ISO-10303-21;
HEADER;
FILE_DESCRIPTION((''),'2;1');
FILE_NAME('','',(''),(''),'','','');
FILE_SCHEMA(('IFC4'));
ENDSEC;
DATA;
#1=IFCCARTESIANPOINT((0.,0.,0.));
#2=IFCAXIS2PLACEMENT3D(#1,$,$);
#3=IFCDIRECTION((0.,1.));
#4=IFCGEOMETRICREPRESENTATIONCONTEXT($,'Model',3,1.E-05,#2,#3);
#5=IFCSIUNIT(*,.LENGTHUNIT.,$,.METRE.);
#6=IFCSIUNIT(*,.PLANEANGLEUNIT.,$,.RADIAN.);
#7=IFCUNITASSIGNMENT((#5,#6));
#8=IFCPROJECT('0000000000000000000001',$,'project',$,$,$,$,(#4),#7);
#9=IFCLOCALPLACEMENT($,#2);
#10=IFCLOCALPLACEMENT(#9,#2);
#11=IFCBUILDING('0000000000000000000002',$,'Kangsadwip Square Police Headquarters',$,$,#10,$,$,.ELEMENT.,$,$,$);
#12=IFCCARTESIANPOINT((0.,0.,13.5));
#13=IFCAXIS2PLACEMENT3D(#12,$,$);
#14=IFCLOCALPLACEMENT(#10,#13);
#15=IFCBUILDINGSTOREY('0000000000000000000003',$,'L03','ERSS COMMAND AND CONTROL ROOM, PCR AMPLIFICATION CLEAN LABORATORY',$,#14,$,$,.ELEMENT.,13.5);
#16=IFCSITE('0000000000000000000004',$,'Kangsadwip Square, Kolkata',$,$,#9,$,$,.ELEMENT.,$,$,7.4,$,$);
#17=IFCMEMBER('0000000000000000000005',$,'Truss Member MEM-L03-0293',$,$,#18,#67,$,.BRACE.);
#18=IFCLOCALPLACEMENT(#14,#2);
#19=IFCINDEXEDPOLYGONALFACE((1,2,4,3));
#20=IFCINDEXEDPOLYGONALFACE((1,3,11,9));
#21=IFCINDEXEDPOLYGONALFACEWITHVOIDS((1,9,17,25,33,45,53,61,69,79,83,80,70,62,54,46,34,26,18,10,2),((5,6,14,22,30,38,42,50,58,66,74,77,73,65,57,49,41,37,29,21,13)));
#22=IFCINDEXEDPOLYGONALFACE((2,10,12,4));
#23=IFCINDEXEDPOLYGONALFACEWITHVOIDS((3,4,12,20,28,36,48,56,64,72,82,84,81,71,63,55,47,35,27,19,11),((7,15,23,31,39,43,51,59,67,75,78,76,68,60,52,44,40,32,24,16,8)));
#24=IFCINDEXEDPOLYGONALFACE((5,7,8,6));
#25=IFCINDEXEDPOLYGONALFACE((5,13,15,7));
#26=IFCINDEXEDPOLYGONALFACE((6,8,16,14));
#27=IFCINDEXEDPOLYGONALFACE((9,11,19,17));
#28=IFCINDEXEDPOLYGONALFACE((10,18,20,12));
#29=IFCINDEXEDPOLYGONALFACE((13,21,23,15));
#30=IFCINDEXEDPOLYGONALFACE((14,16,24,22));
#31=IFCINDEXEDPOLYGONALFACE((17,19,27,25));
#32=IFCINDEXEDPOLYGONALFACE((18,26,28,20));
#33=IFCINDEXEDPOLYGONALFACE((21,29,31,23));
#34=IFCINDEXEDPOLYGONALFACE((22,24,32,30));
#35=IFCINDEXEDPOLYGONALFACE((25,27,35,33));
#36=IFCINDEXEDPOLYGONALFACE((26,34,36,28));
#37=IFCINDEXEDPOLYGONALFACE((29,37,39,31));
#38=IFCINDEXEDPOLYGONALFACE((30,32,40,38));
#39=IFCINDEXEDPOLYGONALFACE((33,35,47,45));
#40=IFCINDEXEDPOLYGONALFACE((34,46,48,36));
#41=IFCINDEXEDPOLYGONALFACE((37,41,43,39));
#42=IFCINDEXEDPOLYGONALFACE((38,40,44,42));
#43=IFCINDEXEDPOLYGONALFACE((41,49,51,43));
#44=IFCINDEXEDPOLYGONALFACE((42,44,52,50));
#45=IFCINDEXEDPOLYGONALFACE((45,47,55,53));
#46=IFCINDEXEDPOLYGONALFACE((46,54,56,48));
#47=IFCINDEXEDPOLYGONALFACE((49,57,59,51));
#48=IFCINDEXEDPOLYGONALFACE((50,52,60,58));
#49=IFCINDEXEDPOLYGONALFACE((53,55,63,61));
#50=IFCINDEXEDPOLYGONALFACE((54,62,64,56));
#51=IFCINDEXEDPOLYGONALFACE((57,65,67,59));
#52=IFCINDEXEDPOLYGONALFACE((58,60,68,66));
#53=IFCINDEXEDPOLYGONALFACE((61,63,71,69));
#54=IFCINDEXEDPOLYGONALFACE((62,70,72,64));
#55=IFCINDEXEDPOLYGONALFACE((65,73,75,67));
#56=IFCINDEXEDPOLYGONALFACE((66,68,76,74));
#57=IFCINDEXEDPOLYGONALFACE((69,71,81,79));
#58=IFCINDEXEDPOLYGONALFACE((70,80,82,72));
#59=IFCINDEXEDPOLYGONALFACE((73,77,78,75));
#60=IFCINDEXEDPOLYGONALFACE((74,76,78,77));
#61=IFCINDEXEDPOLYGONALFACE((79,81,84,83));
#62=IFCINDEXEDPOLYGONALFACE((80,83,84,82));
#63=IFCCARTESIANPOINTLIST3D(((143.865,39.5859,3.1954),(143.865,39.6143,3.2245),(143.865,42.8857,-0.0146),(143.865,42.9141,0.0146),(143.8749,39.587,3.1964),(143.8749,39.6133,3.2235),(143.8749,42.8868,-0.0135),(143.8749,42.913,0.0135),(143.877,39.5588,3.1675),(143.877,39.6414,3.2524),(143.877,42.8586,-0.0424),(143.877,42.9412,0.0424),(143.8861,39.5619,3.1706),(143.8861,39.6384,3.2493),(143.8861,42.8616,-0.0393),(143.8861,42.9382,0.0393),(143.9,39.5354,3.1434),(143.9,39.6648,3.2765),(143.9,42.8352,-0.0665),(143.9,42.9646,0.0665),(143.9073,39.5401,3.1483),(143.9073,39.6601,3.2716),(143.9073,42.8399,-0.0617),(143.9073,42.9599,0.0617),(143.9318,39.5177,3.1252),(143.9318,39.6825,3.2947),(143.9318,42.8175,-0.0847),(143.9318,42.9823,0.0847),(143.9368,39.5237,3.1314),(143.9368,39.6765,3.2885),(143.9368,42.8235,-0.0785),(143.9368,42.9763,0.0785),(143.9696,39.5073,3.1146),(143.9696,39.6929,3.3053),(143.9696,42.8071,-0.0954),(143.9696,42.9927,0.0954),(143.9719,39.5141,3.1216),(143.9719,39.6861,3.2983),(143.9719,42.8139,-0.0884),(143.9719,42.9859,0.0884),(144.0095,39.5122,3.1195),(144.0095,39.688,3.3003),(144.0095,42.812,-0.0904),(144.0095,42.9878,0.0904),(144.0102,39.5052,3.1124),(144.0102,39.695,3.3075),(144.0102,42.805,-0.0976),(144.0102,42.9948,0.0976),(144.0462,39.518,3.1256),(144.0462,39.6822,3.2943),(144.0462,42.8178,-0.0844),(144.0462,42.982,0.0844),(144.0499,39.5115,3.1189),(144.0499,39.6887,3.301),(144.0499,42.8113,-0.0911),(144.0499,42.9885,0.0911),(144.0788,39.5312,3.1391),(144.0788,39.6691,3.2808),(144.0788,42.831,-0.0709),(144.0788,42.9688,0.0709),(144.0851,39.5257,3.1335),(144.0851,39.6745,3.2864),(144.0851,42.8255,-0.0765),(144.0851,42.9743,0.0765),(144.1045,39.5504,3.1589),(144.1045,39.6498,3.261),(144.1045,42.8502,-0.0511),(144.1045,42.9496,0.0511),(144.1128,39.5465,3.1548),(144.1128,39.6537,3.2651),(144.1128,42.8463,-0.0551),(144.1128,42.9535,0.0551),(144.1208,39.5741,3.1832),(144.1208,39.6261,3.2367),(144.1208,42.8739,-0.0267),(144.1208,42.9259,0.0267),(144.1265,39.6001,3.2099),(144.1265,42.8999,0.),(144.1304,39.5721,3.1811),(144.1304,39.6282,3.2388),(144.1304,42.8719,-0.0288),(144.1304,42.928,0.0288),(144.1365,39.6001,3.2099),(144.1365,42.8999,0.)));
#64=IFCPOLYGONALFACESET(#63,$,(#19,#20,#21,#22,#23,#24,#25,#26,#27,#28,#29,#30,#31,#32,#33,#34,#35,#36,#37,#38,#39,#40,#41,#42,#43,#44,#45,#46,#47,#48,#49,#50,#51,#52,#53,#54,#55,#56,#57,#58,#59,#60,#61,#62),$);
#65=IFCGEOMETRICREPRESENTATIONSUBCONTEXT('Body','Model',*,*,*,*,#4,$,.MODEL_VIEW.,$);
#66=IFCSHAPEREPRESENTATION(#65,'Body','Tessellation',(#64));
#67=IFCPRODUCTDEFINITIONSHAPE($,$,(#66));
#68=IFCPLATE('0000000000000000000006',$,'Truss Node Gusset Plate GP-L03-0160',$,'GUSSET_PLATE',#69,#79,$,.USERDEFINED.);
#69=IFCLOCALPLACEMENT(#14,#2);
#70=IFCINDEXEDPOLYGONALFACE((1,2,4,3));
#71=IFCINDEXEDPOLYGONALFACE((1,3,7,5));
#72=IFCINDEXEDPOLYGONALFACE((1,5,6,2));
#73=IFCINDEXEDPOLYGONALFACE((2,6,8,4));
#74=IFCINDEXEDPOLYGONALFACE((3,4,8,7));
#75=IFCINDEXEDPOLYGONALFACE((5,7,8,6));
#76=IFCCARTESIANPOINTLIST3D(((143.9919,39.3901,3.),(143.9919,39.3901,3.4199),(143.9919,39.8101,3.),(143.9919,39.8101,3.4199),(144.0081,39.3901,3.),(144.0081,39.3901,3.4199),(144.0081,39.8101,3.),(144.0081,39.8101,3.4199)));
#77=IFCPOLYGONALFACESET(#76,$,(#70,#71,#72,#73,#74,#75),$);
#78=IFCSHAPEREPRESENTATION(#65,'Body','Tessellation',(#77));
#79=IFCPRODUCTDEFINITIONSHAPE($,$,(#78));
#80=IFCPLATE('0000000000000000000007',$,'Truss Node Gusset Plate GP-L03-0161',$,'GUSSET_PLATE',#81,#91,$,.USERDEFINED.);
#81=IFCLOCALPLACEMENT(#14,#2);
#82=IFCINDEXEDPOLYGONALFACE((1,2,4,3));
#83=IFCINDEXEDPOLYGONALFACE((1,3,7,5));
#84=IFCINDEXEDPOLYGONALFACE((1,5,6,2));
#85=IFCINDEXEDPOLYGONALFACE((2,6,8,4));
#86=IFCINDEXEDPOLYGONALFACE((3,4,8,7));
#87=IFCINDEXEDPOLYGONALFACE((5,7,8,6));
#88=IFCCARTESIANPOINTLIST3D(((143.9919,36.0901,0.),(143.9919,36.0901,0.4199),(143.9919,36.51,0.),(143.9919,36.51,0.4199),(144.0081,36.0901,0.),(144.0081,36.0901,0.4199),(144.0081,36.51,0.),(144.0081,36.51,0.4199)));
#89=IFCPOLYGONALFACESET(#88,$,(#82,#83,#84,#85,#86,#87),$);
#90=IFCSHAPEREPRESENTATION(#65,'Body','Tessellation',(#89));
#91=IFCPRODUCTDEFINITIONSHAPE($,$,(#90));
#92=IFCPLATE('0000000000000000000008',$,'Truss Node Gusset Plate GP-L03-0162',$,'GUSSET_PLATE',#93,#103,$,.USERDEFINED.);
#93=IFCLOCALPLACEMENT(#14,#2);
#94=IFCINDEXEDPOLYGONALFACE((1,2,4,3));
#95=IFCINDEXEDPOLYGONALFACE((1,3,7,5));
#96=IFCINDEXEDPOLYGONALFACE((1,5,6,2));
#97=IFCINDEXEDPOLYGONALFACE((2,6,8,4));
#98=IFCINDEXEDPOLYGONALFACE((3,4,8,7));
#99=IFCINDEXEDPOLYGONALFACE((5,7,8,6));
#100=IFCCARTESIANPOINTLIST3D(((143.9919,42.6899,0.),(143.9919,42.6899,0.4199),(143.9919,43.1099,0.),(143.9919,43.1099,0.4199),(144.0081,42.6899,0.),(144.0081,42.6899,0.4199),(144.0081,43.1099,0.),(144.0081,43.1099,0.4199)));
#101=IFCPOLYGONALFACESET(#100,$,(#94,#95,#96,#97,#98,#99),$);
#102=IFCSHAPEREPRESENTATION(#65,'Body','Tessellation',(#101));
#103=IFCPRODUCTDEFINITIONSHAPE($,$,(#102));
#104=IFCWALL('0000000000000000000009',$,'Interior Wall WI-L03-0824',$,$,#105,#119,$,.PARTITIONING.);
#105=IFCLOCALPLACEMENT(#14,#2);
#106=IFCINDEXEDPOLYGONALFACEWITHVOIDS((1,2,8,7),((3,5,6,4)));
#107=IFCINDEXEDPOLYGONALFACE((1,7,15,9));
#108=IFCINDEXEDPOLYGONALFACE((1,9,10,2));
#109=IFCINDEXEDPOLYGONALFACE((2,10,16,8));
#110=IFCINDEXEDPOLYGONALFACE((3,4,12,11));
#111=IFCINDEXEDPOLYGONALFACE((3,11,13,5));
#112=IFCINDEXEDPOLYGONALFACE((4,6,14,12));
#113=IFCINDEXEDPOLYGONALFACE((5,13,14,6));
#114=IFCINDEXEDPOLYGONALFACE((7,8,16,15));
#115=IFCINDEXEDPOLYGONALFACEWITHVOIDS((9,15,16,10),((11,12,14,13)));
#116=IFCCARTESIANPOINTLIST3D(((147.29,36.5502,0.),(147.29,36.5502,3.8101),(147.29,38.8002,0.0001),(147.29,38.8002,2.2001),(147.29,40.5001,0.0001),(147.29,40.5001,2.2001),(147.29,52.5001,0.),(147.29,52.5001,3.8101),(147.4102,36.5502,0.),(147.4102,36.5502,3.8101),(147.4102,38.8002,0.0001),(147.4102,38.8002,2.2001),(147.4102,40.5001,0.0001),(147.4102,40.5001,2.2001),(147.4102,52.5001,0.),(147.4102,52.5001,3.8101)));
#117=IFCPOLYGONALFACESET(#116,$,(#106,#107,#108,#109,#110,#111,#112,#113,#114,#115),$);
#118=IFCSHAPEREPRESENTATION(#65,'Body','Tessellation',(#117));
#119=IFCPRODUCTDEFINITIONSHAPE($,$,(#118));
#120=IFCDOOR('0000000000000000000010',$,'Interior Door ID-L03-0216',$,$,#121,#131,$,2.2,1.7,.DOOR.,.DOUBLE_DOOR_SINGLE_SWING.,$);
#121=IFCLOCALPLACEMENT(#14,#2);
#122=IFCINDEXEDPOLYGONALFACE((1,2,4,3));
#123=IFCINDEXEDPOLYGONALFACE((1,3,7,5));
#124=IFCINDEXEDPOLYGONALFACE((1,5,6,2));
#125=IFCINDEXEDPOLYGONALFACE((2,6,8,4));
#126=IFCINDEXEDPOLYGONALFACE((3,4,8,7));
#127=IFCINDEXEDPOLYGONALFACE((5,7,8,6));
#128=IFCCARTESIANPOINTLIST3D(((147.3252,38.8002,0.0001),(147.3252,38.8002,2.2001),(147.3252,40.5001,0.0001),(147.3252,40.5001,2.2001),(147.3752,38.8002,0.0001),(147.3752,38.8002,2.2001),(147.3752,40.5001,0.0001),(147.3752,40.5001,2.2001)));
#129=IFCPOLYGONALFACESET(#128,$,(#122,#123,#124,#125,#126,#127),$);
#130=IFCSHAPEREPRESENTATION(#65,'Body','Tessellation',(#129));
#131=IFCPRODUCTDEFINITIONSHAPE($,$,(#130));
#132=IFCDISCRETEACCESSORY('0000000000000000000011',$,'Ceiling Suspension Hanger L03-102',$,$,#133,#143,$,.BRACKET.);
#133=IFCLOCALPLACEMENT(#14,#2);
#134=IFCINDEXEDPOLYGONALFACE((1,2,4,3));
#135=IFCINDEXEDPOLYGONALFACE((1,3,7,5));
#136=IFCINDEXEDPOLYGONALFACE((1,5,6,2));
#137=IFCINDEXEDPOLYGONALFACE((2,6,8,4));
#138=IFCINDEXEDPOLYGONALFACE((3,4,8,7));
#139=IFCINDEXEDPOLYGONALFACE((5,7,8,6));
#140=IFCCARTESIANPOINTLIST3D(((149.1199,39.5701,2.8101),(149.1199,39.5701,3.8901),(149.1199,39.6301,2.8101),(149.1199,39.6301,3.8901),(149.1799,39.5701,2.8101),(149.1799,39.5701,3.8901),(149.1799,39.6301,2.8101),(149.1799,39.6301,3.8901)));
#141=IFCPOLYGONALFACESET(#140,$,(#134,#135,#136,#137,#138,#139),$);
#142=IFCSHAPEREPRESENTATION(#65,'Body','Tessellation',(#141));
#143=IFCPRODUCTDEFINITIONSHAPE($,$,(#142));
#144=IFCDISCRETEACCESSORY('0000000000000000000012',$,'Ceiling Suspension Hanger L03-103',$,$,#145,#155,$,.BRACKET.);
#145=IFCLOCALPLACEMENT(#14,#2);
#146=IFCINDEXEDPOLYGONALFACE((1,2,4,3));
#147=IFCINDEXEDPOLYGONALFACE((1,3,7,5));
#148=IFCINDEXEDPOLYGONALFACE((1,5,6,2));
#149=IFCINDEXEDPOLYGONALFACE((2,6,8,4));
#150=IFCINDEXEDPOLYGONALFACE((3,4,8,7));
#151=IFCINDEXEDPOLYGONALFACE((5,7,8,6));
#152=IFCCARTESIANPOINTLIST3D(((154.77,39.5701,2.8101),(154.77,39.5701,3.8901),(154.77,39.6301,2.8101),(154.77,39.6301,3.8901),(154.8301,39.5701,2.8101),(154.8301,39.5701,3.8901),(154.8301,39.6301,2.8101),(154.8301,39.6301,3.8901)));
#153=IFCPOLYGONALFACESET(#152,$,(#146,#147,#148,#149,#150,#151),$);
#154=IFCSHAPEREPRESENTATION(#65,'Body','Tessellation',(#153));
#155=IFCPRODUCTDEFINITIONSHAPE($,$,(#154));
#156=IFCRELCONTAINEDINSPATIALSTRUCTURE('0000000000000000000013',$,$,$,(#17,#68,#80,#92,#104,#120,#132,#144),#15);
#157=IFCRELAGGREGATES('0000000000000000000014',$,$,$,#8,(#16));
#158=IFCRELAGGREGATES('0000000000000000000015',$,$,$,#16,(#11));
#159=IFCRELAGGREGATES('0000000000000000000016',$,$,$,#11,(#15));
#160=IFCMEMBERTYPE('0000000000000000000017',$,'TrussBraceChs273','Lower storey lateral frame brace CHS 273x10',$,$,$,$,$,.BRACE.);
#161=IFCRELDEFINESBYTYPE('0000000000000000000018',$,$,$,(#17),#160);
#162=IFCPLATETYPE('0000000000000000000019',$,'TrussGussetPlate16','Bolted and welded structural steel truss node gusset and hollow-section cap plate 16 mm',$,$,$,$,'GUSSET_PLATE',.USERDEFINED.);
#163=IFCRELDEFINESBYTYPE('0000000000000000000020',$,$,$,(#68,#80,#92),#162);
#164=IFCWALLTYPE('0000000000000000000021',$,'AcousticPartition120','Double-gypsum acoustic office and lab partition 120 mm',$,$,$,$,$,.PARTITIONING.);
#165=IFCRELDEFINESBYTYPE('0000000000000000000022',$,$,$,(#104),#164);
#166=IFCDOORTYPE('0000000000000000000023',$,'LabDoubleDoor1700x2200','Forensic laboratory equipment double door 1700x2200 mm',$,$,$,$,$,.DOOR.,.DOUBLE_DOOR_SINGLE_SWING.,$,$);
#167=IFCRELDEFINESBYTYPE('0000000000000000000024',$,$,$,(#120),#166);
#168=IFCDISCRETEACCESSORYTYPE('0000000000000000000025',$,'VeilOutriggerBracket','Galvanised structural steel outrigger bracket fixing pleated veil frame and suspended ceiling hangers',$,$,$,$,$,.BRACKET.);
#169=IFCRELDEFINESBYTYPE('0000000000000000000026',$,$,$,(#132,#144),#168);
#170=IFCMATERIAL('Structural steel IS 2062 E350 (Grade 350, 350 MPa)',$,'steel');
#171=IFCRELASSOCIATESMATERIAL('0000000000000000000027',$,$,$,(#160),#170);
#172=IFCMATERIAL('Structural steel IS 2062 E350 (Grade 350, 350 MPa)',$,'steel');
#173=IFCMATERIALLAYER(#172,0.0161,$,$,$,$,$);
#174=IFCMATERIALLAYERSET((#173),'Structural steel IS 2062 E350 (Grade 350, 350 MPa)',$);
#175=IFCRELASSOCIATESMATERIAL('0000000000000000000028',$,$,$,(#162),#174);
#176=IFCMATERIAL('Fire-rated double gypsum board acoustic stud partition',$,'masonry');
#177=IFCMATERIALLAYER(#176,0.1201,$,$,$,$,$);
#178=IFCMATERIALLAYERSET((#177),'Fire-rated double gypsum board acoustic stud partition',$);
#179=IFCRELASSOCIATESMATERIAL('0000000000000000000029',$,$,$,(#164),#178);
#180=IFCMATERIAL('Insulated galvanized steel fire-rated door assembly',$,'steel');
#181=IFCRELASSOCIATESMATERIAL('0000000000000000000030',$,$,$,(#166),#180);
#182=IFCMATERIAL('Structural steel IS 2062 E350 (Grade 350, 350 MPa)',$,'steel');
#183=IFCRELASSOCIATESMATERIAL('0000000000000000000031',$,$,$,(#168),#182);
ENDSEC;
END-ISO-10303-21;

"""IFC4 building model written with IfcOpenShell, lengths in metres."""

from ifc_helpers import new_model, si_unit, direction, frame, frame_2d, origin, origin_2d, place, context, subcontext, project, spatial, rectangle, hollow_circle, extrude, material, layer, layer_set, material_profile, profile_set, type_object, element, fill, save


model = new_model("IFC4")

# Units and contexts
model_context = context("Model", 3, precision=1e-05, world=origin(), true_north=direction((0.0, 1.0)))
body_context = subcontext(model_context, "Body", "Model", "MODEL_VIEW")
ifc_project = project(units=[si_unit("LENGTHUNIT", "METRE"), si_unit("PLANEANGLEUNIT", "RADIAN")], contexts=[model_context])

# Site, building, storey
site_placement = place(None, origin())
site = spatial("IfcSite", under=ifc_project, at=site_placement, Name="Kangsadwip Square, Kolkata", CompositionType="ELEMENT", RefElevation=7.4)
building_placement = place(site_placement, origin())
building = spatial("IfcBuilding", under=site, at=building_placement, Name="Kangsadwip Square Police Headquarters", CompositionType="ELEMENT")
storey_placement = place(building_placement, frame((0.0, 0.0, 13.5)))
storey = spatial("IfcBuildingStorey", under=building, at=storey_placement, Name="L03", Description="ERSS COMMAND AND CONTROL ROOM, PCR AMPLIFICATION CLEAN LABORATORY", CompositionType="ELEMENT", Elevation=13.5)

# Member
ifc_material_1 = material(Name="Structural steel IS 2062 E350 (Grade 350, 350 MPa)", Category="steel")
ifc_material_profile_1 = material_profile(ifc_material_1, hollow_circle(Radius=0.1365, WallThickness=0.01, at=origin_2d()), Name="CHS 273X10")
ifc_profile_set_1 = profile_set([ifc_material_profile_1], Name="Structural steel IS 2062 E350 (Grade 350, 350 MPa)")
member_type = type_object("IfcMemberType", Name="TrussBraceChs273", Description="Lower storey lateral frame brace CHS 273x10", PredefinedType="BRACE", material=ifc_profile_set_1)
member_1_placement = place(storey_placement, frame((144.0, 42.8999, 0.0), z_axis=(0.0, -0.716798, 0.697281), x_axis=(1.0, 0.0, 0.0)))
element("IfcMember", 1, at=member_1_placement, inside=storey, type_object=member_type, Name="Truss Member MEM-L03-0293", PredefinedType="BRACE", context=body_context, shape_type="SweptSolid", body=[
    extrude(hollow_circle(Radius=0.1365, WallThickness=0.01, at=origin_2d()), origin(), (0.0, 0.0, 1.0), 4.6035),
])

# Plates
ifc_material_2 = material(Name="Structural steel IS 2062 E350 (Grade 350, 350 MPa)", Category="steel")
ifc_layer_1 = layer(ifc_material_2, 0.0161)
ifc_layer_set_1 = layer_set([ifc_layer_1], Name="Structural steel IS 2062 E350 (Grade 350, 350 MPa)")
plate_type = type_object("IfcPlateType", Name="TrussGussetPlate16", Description="Bolted and welded structural steel truss node gusset and hollow-section cap plate 16 mm", ElementType="GUSSET_PLATE", PredefinedType="USERDEFINED", material=ifc_layer_set_1)
for number, where, z_axis, x_axis, name in (
    (2, (144.0, 39.6001, 3.0), (0.0, 0.0, 1.0), (0.0, 1.0, 0.0), "Truss Node Gusset Plate GP-L03-0160"),
    (3, (144.0, 36.3, 0.0), (0.0, 0.0, 1.0), (0.0, 1.0, 0.0), "Truss Node Gusset Plate GP-L03-0161"),
    (4, (144.0, 42.8999, 0.0), (0.0, 0.0, 1.0), (0.0, 1.0, 0.0), "Truss Node Gusset Plate GP-L03-0162"),
):
    element("IfcPlate", number, at=place(storey_placement, frame(where, z_axis=z_axis, x_axis=x_axis)), inside=storey, type_object=plate_type, Name=name, ObjectType="GUSSET_PLATE", PredefinedType="USERDEFINED", context=body_context, shape_type="SweptSolid", body=[
        extrude(rectangle(XDim=0.4199, YDim=0.0161, at=origin_2d()), origin(), (0.0, 0.0, 1.0), 0.4199),
    ])

# Wall, opening, door
ifc_material_3 = material(Name="Fire-rated double gypsum board acoustic stud partition", Category="masonry")
ifc_layer_2 = layer(ifc_material_3, 0.1201)
ifc_layer_set_2 = layer_set([ifc_layer_2], Name="Fire-rated double gypsum board acoustic stud partition")
wall_type = type_object("IfcWallType", Name="AcousticPartition120", Description="Double-gypsum acoustic office and lab partition 120 mm", PredefinedType="PARTITIONING", material=ifc_layer_set_2)
wall_placement = place(storey_placement, frame((147.3501, 36.55, 0.0), z_axis=(0.0, 0.0, 1.0), x_axis=(0.0, 1.0, 0.0)))
wall = element("IfcWall", 5, at=wall_placement, inside=storey, type_object=wall_type, Name="Interior Wall WI-L03-0824", PredefinedType="PARTITIONING", context=body_context, shape_type="SweptSolid", body=[
    extrude(rectangle(XDim=15.95, YDim=0.1201, at=frame_2d((7.9751, 0.0))), origin(), (0.0, 0.0, 1.0), 3.8101),
])
opening_placement = place(wall_placement, frame((2.25, 0.0, 0.0)))
opening = element("IfcOpeningElement", 6, at=opening_placement, cuts=wall, PredefinedType="OPENING", context=body_context, shape_type="SweptSolid", body=[
    extrude(rectangle(XDim=1.7, YDim=2.2, at=frame_2d((0.8501, 1.1001))), frame((0.0, 0.0701, 0.0), z_axis=(0.0, -1.0, 0.0), x_axis=(1.0, 0.0, 0.0)), (0.0, 0.0, 1.0), 0.1401),
])
ifc_material_4 = material(Name="Insulated galvanized steel fire-rated door assembly", Category="steel")
door_type = type_object("IfcDoorType", Name="LabDoubleDoor1700x2200", Description="Forensic laboratory equipment double door 1700x2200 mm", OperationType="DOUBLE_DOOR_SINGLE_SWING", PredefinedType="DOOR", material=ifc_material_4)
door_placement = place(opening_placement, origin())
door = element("IfcDoor", 7, at=door_placement, inside=storey, type_object=door_type, Name="Interior Door ID-L03-0216", OperationType="DOUBLE_DOOR_SINGLE_SWING", OverallHeight=2.2, OverallWidth=1.7, PredefinedType="DOOR", context=body_context, shape_type="SweptSolid", body=[
    extrude(rectangle(XDim=1.7, YDim=2.2, at=frame_2d((0.8501, 1.1001))), frame((0.0, 0.0249, 0.0), z_axis=(0.0, -1.0, 0.0), x_axis=(1.0, 0.0, 0.0)), (0.0, 0.0, 1.0), 0.05),
])
fill(opening, door)

# Discrete accessories
ifc_material_5 = material(Name="Structural steel IS 2062 E350 (Grade 350, 350 MPa)", Category="steel")
discrete_accessory_type = type_object("IfcDiscreteAccessoryType", Name="VeilOutriggerBracket", Description="Galvanised structural steel outrigger bracket fixing pleated veil frame and suspended ceiling hangers", PredefinedType="BRACKET", material=ifc_material_5)
for number, where, z_axis, x_axis, name in (
    (8, (149.1499, 39.6001, 2.8101), (0.0, 0.0, 1.0), (1.0, 0.0, 0.0), "Ceiling Suspension Hanger L03-102"),
    (9, (154.8, 39.6001, 2.8101), (0.0, 0.0, 1.0), (1.0, 0.0, 0.0), "Ceiling Suspension Hanger L03-103"),
):
    element("IfcDiscreteAccessory", number, at=place(storey_placement, frame(where, z_axis=z_axis, x_axis=x_axis)), inside=storey, type_object=discrete_accessory_type, Name=name, PredefinedType="BRACKET", context=body_context, shape_type="SweptSolid", body=[
        extrude(rectangle(XDim=0.0601, YDim=0.0601, at=origin_2d()), origin(), (0.0, 0.0, 1.0), 1.0801),
    ])

save(model, "model.ifc")
